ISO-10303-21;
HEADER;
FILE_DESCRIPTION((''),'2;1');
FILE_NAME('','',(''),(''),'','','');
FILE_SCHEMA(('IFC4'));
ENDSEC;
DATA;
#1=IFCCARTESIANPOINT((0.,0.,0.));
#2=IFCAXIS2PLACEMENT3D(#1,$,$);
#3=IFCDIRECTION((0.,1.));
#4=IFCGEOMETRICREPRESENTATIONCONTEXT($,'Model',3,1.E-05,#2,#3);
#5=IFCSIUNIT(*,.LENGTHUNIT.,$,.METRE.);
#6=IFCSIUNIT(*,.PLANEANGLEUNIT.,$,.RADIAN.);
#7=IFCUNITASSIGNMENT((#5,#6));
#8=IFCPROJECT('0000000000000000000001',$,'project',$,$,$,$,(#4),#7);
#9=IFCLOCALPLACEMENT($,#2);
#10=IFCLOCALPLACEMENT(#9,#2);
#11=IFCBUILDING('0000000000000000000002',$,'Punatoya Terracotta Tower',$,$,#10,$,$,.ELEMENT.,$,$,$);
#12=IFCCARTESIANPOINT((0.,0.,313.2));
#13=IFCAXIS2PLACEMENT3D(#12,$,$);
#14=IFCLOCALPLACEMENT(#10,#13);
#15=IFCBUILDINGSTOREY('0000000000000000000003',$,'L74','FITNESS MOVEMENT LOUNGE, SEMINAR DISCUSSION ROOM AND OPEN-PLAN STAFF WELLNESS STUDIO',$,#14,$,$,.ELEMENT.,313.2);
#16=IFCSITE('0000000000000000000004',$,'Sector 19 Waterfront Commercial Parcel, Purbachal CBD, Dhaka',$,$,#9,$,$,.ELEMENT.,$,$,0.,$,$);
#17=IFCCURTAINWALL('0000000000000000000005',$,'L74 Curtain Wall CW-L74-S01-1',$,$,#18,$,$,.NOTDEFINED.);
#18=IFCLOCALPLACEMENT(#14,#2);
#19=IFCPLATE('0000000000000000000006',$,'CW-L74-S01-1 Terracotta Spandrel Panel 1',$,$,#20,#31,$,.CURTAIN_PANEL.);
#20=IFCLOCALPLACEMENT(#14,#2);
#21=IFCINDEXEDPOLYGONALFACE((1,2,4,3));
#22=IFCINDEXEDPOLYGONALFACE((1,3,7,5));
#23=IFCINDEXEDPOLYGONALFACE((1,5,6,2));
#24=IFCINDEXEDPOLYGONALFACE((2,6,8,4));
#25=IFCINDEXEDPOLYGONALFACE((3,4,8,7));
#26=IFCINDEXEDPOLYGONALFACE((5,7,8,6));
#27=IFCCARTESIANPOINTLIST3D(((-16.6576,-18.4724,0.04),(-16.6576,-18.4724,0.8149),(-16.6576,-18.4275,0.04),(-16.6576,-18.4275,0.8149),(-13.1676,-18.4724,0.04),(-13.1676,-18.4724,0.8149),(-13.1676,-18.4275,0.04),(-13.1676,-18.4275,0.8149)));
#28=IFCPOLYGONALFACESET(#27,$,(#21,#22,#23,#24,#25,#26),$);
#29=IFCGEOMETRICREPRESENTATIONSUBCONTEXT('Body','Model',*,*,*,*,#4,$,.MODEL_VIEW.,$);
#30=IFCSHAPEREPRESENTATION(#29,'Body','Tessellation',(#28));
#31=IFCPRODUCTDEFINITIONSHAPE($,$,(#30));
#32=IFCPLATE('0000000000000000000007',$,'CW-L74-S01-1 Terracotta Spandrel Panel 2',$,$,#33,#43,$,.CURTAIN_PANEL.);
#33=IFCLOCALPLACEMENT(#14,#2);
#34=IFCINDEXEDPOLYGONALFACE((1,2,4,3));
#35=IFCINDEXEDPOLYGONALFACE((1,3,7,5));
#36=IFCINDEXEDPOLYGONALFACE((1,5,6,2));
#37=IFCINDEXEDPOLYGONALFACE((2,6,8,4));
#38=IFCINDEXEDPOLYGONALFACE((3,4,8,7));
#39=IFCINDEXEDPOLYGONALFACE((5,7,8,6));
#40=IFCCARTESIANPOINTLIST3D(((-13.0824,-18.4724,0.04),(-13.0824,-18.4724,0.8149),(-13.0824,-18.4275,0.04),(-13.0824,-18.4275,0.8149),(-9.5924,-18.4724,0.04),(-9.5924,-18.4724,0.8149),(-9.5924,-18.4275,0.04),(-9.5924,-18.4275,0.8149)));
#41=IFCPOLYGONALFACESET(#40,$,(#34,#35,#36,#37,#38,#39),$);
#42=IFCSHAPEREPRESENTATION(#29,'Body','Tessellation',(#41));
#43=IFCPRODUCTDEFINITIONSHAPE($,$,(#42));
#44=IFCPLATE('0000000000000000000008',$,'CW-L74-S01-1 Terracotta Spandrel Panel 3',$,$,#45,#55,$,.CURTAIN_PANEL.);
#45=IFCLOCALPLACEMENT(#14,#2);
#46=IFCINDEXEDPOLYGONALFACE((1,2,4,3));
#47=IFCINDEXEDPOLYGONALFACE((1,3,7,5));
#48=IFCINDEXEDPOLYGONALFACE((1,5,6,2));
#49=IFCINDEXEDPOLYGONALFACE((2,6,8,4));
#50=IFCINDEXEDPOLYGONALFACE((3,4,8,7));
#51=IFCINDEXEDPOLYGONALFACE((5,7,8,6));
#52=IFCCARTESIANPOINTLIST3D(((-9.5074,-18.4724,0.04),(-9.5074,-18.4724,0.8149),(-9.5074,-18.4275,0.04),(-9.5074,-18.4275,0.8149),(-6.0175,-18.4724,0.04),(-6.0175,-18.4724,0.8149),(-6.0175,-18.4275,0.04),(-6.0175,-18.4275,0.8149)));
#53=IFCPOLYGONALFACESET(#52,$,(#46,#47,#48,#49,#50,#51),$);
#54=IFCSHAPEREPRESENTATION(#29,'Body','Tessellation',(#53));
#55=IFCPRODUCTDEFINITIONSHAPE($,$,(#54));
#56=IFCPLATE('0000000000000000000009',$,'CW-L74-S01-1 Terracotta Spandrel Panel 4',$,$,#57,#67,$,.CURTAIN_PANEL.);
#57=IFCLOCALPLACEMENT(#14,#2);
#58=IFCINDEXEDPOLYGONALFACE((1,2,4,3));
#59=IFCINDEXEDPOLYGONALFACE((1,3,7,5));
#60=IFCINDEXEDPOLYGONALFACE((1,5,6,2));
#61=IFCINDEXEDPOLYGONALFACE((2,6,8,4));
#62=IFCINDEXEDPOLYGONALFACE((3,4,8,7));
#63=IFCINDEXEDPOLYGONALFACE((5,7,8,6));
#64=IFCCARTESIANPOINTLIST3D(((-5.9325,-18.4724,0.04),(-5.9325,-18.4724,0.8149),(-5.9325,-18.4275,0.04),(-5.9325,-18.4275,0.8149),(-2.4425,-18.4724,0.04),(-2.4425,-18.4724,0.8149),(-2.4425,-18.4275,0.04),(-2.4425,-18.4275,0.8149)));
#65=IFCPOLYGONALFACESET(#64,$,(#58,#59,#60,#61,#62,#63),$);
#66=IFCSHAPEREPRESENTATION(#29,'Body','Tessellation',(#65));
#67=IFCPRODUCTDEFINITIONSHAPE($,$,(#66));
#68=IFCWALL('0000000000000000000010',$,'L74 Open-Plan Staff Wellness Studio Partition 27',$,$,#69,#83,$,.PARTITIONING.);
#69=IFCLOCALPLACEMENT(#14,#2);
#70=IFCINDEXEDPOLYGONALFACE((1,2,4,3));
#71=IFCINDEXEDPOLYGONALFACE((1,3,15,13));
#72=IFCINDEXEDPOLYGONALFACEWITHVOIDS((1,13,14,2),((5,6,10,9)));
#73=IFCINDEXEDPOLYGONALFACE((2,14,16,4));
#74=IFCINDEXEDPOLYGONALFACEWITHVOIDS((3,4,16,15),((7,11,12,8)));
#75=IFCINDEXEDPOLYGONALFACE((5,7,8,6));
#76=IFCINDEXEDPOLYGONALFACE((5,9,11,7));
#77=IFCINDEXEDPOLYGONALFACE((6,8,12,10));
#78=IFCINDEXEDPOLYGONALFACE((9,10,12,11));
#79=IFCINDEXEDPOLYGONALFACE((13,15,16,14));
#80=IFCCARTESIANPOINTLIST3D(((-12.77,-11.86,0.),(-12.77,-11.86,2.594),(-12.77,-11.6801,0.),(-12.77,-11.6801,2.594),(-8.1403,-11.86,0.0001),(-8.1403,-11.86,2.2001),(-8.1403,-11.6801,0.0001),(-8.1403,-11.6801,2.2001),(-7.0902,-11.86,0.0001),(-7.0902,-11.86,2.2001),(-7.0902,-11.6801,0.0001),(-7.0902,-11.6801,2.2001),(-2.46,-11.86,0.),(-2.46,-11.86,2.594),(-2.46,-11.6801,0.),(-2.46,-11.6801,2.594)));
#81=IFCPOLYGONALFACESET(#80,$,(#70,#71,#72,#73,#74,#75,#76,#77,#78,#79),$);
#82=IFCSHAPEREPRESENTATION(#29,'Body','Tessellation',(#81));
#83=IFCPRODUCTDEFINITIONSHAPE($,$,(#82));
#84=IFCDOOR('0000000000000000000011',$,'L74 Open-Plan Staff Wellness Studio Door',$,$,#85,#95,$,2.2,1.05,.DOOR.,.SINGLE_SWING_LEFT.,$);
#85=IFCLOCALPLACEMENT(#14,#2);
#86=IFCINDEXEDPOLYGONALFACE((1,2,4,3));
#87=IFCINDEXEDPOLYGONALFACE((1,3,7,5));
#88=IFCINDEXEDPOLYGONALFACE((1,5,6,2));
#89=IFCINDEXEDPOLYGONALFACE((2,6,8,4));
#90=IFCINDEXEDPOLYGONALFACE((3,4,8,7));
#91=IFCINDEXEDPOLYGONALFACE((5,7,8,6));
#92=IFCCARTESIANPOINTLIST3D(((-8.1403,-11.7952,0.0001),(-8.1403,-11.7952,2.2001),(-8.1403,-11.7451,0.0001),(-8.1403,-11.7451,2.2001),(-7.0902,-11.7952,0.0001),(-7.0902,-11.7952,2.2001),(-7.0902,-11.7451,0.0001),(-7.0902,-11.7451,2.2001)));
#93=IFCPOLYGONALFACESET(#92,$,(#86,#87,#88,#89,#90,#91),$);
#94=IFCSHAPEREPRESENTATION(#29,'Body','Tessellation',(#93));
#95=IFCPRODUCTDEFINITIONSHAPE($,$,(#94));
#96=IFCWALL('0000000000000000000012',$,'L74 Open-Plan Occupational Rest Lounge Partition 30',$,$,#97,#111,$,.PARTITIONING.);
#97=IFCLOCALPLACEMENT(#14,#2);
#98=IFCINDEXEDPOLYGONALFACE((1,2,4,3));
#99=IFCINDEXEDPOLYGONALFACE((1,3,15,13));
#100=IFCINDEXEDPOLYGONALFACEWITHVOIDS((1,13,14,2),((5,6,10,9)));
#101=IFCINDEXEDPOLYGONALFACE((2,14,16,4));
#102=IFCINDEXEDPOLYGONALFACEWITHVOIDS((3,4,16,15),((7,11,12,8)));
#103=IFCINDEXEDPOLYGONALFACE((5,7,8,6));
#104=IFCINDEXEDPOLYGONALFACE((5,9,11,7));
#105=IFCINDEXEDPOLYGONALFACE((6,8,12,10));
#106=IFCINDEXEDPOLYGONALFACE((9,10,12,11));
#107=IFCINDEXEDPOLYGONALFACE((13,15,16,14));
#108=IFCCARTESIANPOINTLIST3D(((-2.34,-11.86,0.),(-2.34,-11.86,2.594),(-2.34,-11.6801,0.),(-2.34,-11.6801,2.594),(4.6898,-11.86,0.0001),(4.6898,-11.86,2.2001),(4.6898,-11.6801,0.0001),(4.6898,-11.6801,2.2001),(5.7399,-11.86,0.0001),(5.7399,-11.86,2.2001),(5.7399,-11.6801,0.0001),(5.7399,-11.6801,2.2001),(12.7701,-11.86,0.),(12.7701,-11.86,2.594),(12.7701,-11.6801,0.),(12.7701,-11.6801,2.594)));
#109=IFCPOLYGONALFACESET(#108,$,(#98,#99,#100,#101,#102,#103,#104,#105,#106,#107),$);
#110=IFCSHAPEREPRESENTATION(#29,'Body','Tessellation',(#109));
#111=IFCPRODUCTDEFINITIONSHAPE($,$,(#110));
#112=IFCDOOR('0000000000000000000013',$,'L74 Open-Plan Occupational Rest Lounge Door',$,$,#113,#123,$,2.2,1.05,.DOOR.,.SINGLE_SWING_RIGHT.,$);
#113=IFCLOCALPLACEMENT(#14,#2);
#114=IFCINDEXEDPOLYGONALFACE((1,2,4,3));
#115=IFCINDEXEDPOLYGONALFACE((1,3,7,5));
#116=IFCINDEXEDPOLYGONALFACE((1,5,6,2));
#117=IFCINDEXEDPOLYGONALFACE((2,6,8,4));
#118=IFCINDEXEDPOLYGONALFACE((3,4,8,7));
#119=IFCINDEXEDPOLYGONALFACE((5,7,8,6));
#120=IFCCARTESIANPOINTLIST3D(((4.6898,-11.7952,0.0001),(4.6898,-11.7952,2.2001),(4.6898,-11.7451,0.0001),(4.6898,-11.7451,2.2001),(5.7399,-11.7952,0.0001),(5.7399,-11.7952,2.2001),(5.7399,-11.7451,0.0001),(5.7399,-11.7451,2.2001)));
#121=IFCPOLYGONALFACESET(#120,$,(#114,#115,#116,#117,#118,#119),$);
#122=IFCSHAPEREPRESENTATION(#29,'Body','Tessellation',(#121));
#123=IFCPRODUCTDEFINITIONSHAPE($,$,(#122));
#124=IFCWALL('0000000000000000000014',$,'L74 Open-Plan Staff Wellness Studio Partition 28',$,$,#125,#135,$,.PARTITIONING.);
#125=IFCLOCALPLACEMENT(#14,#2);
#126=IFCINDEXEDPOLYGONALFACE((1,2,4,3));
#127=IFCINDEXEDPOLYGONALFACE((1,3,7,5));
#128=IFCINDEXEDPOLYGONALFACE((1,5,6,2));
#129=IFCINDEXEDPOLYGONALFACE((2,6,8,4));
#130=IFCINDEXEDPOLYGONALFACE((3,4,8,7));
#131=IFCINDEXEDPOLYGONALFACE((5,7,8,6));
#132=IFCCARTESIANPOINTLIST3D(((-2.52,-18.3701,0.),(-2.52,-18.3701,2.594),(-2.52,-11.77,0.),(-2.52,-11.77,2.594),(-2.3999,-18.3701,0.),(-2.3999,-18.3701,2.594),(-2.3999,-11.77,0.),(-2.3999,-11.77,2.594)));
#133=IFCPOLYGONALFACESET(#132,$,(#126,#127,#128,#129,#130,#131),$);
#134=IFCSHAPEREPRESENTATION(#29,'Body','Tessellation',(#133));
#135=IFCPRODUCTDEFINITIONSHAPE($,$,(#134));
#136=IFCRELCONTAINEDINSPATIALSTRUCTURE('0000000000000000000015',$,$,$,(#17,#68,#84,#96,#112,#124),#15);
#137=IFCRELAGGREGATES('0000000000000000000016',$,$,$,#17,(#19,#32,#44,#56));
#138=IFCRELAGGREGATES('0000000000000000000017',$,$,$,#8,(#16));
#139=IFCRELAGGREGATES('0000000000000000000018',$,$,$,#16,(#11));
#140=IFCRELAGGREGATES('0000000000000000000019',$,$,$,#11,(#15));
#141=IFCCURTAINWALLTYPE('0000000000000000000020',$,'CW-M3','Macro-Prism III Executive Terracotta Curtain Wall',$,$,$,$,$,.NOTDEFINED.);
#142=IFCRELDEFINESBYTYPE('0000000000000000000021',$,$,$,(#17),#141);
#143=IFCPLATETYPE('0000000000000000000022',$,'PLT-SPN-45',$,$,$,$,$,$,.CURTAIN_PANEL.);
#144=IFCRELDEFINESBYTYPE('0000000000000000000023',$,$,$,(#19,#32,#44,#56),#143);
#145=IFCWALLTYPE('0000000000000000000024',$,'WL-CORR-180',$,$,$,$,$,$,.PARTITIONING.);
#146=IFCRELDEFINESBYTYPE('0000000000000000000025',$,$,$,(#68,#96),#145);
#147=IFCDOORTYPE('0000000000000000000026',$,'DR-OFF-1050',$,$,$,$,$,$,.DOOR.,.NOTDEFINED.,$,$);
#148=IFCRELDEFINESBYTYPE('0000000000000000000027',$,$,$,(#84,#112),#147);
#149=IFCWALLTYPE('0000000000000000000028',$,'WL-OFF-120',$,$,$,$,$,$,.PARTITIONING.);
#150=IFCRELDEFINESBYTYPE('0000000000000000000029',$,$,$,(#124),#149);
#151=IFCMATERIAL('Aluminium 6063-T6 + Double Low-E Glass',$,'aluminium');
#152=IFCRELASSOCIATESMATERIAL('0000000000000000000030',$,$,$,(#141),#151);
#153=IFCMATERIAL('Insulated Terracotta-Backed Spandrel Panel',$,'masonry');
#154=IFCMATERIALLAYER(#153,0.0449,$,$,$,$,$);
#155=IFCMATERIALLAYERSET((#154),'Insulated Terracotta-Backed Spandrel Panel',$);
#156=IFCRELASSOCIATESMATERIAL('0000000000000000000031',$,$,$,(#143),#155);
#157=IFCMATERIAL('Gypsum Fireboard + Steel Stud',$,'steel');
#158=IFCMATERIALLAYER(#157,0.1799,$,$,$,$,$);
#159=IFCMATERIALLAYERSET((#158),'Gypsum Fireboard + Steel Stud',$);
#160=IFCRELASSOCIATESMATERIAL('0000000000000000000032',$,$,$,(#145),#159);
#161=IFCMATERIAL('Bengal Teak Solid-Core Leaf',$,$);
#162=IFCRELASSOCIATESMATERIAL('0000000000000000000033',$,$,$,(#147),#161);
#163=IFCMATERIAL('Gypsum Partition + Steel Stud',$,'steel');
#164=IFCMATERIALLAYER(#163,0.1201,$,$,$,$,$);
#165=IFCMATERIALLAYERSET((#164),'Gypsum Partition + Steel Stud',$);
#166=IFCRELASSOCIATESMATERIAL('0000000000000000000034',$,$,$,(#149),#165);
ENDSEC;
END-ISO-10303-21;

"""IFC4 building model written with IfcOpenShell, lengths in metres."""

from ifc_helpers import new_model, si_unit, direction, frame, frame_2d, origin, origin_2d, place, context, subcontext, project, spatial, rectangle, extrude, material, layer, layer_set, type_object, element, fill, aggregate, save


model = new_model("IFC4")

# Units and contexts
model_context = context("Model", 3, precision=1e-05, world=origin(), true_north=direction((0.0, 1.0)))
body_context = subcontext(model_context, "Body", "Model", "MODEL_VIEW")
ifc_project = project(units=[si_unit("LENGTHUNIT", "METRE"), si_unit("PLANEANGLEUNIT", "RADIAN")], contexts=[model_context])

# Site, building, storey
site_placement = place(None, origin())
site = spatial("IfcSite", under=ifc_project, at=site_placement, Name="Sector 19 Waterfront Commercial Parcel, Purbachal CBD, Dhaka", CompositionType="ELEMENT", RefElevation=0.0)
building_placement = place(site_placement, origin())
building = spatial("IfcBuilding", under=site, at=building_placement, Name="Punatoya Terracotta Tower", CompositionType="ELEMENT")
storey_placement = place(building_placement, frame((0.0, 0.0, 313.2)))
storey = spatial("IfcBuildingStorey", under=building, at=storey_placement, Name="L74", Description="FITNESS MOVEMENT LOUNGE, SEMINAR DISCUSSION ROOM AND OPEN-PLAN STAFF WELLNESS STUDIO", CompositionType="ELEMENT", Elevation=313.2)

# Curtain wall, plates
ifc_material_1 = material(Name="Aluminium 6063-T6 + Double Low-E Glass", Category="aluminium")
curtain_wall_type = type_object("IfcCurtainWallType", Name="CW-M3", Description="Macro-Prism III Executive Terracotta Curtain Wall", PredefinedType="NOTDEFINED", material=ifc_material_1)
curtain_wall_placement = place(storey_placement, origin())
curtain_wall = element("IfcCurtainWall", 1, at=curtain_wall_placement, inside=storey, type_object=curtain_wall_type, Name="L74 Curtain Wall CW-L74-S01-1", PredefinedType="NOTDEFINED")
ifc_material_2 = material(Name="Insulated Terracotta-Backed Spandrel Panel", Category="masonry")
ifc_layer_1 = layer(ifc_material_2, 0.0449)
ifc_layer_set_1 = layer_set([ifc_layer_1], Name="Insulated Terracotta-Backed Spandrel Panel")
plate_type_1 = type_object("IfcPlateType", Name="PLT-SPN-45", PredefinedType="CURTAIN_PANEL", material=ifc_layer_set_1)
plate_1_placement = place(storey_placement, frame((-14.9126, -18.45, 0.04), z_axis=(0.0, 0.0, 1.0), x_axis=(1.0, 0.0, 0.0)))
plate_1 = element("IfcPlate", 2, at=plate_1_placement, type_object=plate_type_1, Name="CW-L74-S01-1 Terracotta Spandrel Panel 1", PredefinedType="CURTAIN_PANEL", context=body_context, shape_type="SweptSolid", body=[
    extrude(rectangle(XDim=3.49, YDim=0.0449, at=origin_2d()), origin(), (0.0, 0.0, 1.0), 0.7749),
])
plate_2_placement = place(storey_placement, frame((-11.3374, -18.45, 0.04), z_axis=(0.0, 0.0, 1.0), x_axis=(1.0, 0.0, 0.0)))
plate_2 = element("IfcPlate", 3, at=plate_2_placement, type_object=plate_type_1, Name="CW-L74-S01-1 Terracotta Spandrel Panel 2", PredefinedType="CURTAIN_PANEL", context=body_context, shape_type="SweptSolid", body=[
    extrude(rectangle(XDim=3.49, YDim=0.0449, at=origin_2d()), origin(), (0.0, 0.0, 1.0), 0.7749),
])
plate_3_placement = place(storey_placement, frame((-7.7625, -18.45, 0.04), z_axis=(0.0, 0.0, 1.0), x_axis=(1.0, 0.0, 0.0)))
plate_3 = element("IfcPlate", 4, at=plate_3_placement, type_object=plate_type_1, Name="CW-L74-S01-1 Terracotta Spandrel Panel 3", PredefinedType="CURTAIN_PANEL", context=body_context, shape_type="SweptSolid", body=[
    extrude(rectangle(XDim=3.49, YDim=0.0449, at=origin_2d()), origin(), (0.0, 0.0, 1.0), 0.7749),
])
plate_4_placement = place(storey_placement, frame((-4.1875, -18.45, 0.04), z_axis=(0.0, 0.0, 1.0), x_axis=(1.0, 0.0, 0.0)))
plate_4 = element("IfcPlate", 5, at=plate_4_placement, type_object=plate_type_1, Name="CW-L74-S01-1 Terracotta Spandrel Panel 4", PredefinedType="CURTAIN_PANEL", context=body_context, shape_type="SweptSolid", body=[
    extrude(rectangle(XDim=3.49, YDim=0.0449, at=origin_2d()), origin(), (0.0, 0.0, 1.0), 0.7749),
])
aggregate(curtain_wall, [plate_1, plate_2, plate_3, plate_4])

# Walls, openings, doors
ifc_material_3 = material(Name="Gypsum Fireboard + Steel Stud", Category="steel")
ifc_layer_2 = layer(ifc_material_3, 0.1799)
ifc_layer_set_2 = layer_set([ifc_layer_2], Name="Gypsum Fireboard + Steel Stud")
wall_type_1 = type_object("IfcWallType", Name="WL-CORR-180", PredefinedType="PARTITIONING", material=ifc_layer_set_2)
wall_1_placement = place(storey_placement, frame((-12.77, -11.77, 0.0), z_axis=(0.0, 0.0, 1.0), x_axis=(1.0, 0.0, 0.0)))
wall_1 = element("IfcWall", 6, at=wall_1_placement, inside=storey, type_object=wall_type_1, Name="L74 Open-Plan Staff Wellness Studio Partition 27", PredefinedType="PARTITIONING", context=body_context, shape_type="SweptSolid", body=[
    extrude(rectangle(XDim=10.3101, YDim=0.1799, at=frame_2d((5.155, 0.0))), origin(), (0.0, 0.0, 1.0), 2.594),
])
opening_1_placement = place(wall_1_placement, frame((4.6299, 0.0, 0.0)))
opening_1 = element("IfcOpeningElement", 7, at=opening_1_placement, cuts=wall_1, PredefinedType="OPENING", context=body_context, shape_type="SweptSolid", body=[
    extrude(rectangle(XDim=1.05, YDim=2.2, at=frame_2d((0.5249, 1.1001))), frame((0.0, 0.0999, 0.0), z_axis=(0.0, -1.0, 0.0), x_axis=(1.0, 0.0, 0.0)), (0.0, 0.0, 1.0), 0.2),
])
ifc_material_4 = material(Name="Bengal Teak Solid-Core Leaf")
door_type = type_object("IfcDoorType", Name="DR-OFF-1050", OperationType="NOTDEFINED", PredefinedType="DOOR", material=ifc_material_4)
door_1_placement = place(opening_1_placement, origin())
door_1 = element("IfcDoor", 8, at=door_1_placement, inside=storey, type_object=door_type, Name="L74 Open-Plan Staff Wellness Studio Door", OperationType="SINGLE_SWING_LEFT", OverallHeight=2.2, OverallWidth=1.05, PredefinedType="DOOR", context=body_context, shape_type="SweptSolid", body=[
    extrude(rectangle(XDim=1.05, YDim=2.2, at=frame_2d((0.5249, 1.1001))), frame((0.0, 0.0249, 0.0), z_axis=(0.0, -1.0, 0.0), x_axis=(1.0, 0.0, 0.0)), (0.0, 0.0, 1.0), 0.05),
])
fill(opening_1, door_1)
wall_2_placement = place(storey_placement, frame((-2.3401, -11.77, 0.0), z_axis=(0.0, 0.0, 1.0), x_axis=(1.0, 0.0, 0.0)))
wall_2 = element("IfcWall", 9, at=wall_2_placement, inside=storey, type_object=wall_type_1, Name="L74 Open-Plan Occupational Rest Lounge Partition 30", PredefinedType="PARTITIONING", context=body_context, shape_type="SweptSolid", body=[
    extrude(rectangle(XDim=15.1101, YDim=0.1799, at=frame_2d((7.5552, 0.0))), origin(), (0.0, 0.0, 1.0), 2.594),
])
opening_2_placement = place(wall_2_placement, frame((7.03, 0.0, 0.0)))
opening_2 = element("IfcOpeningElement", 10, at=opening_2_placement, cuts=wall_2, PredefinedType="OPENING", context=body_context, shape_type="SweptSolid", body=[
    extrude(rectangle(XDim=1.05, YDim=2.2, at=frame_2d((0.5249, 1.1001))), frame((0.0, 0.0999, 0.0), z_axis=(0.0, -1.0, 0.0), x_axis=(1.0, 0.0, 0.0)), (0.0, 0.0, 1.0), 0.2),
])
door_2_placement = place(opening_2_placement, origin())
door_2 = element("IfcDoor", 11, at=door_2_placement, inside=storey, type_object=door_type, Name="L74 Open-Plan Occupational Rest Lounge Door", OperationType="SINGLE_SWING_RIGHT", OverallHeight=2.2, OverallWidth=1.05, PredefinedType="DOOR", context=body_context, shape_type="SweptSolid", body=[
    extrude(rectangle(XDim=1.05, YDim=2.2, at=frame_2d((0.5249, 1.1001))), frame((0.0, 0.0249, 0.0), z_axis=(0.0, -1.0, 0.0), x_axis=(1.0, 0.0, 0.0)), (0.0, 0.0, 1.0), 0.05),
])
fill(opening_2, door_2)

# Wall
ifc_material_5 = material(Name="Gypsum Partition + Steel Stud", Category="steel")
ifc_layer_3 = layer(ifc_material_5, 0.1201)
ifc_layer_set_3 = layer_set([ifc_layer_3], Name="Gypsum Partition + Steel Stud")
wall_type_2 = type_object("IfcWallType", Name="WL-OFF-120", PredefinedType="PARTITIONING", material=ifc_layer_set_3)
wall_3_placement = place(storey_placement, frame((-2.46, -11.77, 0.0), z_axis=(0.0, 0.0, 1.0), x_axis=(0.0, -1.0, 0.0)))
element("IfcWall", 12, at=wall_3_placement, inside=storey, type_object=wall_type_2, Name="L74 Open-Plan Staff Wellness Studio Partition 28", PredefinedType="PARTITIONING", context=body_context, shape_type="SweptSolid", body=[
    extrude(rectangle(XDim=6.6001, YDim=0.1201, at=frame_2d((3.3, 0.0))), origin(), (0.0, 0.0, 1.0), 2.594),
])

save(model, "model.ifc")
